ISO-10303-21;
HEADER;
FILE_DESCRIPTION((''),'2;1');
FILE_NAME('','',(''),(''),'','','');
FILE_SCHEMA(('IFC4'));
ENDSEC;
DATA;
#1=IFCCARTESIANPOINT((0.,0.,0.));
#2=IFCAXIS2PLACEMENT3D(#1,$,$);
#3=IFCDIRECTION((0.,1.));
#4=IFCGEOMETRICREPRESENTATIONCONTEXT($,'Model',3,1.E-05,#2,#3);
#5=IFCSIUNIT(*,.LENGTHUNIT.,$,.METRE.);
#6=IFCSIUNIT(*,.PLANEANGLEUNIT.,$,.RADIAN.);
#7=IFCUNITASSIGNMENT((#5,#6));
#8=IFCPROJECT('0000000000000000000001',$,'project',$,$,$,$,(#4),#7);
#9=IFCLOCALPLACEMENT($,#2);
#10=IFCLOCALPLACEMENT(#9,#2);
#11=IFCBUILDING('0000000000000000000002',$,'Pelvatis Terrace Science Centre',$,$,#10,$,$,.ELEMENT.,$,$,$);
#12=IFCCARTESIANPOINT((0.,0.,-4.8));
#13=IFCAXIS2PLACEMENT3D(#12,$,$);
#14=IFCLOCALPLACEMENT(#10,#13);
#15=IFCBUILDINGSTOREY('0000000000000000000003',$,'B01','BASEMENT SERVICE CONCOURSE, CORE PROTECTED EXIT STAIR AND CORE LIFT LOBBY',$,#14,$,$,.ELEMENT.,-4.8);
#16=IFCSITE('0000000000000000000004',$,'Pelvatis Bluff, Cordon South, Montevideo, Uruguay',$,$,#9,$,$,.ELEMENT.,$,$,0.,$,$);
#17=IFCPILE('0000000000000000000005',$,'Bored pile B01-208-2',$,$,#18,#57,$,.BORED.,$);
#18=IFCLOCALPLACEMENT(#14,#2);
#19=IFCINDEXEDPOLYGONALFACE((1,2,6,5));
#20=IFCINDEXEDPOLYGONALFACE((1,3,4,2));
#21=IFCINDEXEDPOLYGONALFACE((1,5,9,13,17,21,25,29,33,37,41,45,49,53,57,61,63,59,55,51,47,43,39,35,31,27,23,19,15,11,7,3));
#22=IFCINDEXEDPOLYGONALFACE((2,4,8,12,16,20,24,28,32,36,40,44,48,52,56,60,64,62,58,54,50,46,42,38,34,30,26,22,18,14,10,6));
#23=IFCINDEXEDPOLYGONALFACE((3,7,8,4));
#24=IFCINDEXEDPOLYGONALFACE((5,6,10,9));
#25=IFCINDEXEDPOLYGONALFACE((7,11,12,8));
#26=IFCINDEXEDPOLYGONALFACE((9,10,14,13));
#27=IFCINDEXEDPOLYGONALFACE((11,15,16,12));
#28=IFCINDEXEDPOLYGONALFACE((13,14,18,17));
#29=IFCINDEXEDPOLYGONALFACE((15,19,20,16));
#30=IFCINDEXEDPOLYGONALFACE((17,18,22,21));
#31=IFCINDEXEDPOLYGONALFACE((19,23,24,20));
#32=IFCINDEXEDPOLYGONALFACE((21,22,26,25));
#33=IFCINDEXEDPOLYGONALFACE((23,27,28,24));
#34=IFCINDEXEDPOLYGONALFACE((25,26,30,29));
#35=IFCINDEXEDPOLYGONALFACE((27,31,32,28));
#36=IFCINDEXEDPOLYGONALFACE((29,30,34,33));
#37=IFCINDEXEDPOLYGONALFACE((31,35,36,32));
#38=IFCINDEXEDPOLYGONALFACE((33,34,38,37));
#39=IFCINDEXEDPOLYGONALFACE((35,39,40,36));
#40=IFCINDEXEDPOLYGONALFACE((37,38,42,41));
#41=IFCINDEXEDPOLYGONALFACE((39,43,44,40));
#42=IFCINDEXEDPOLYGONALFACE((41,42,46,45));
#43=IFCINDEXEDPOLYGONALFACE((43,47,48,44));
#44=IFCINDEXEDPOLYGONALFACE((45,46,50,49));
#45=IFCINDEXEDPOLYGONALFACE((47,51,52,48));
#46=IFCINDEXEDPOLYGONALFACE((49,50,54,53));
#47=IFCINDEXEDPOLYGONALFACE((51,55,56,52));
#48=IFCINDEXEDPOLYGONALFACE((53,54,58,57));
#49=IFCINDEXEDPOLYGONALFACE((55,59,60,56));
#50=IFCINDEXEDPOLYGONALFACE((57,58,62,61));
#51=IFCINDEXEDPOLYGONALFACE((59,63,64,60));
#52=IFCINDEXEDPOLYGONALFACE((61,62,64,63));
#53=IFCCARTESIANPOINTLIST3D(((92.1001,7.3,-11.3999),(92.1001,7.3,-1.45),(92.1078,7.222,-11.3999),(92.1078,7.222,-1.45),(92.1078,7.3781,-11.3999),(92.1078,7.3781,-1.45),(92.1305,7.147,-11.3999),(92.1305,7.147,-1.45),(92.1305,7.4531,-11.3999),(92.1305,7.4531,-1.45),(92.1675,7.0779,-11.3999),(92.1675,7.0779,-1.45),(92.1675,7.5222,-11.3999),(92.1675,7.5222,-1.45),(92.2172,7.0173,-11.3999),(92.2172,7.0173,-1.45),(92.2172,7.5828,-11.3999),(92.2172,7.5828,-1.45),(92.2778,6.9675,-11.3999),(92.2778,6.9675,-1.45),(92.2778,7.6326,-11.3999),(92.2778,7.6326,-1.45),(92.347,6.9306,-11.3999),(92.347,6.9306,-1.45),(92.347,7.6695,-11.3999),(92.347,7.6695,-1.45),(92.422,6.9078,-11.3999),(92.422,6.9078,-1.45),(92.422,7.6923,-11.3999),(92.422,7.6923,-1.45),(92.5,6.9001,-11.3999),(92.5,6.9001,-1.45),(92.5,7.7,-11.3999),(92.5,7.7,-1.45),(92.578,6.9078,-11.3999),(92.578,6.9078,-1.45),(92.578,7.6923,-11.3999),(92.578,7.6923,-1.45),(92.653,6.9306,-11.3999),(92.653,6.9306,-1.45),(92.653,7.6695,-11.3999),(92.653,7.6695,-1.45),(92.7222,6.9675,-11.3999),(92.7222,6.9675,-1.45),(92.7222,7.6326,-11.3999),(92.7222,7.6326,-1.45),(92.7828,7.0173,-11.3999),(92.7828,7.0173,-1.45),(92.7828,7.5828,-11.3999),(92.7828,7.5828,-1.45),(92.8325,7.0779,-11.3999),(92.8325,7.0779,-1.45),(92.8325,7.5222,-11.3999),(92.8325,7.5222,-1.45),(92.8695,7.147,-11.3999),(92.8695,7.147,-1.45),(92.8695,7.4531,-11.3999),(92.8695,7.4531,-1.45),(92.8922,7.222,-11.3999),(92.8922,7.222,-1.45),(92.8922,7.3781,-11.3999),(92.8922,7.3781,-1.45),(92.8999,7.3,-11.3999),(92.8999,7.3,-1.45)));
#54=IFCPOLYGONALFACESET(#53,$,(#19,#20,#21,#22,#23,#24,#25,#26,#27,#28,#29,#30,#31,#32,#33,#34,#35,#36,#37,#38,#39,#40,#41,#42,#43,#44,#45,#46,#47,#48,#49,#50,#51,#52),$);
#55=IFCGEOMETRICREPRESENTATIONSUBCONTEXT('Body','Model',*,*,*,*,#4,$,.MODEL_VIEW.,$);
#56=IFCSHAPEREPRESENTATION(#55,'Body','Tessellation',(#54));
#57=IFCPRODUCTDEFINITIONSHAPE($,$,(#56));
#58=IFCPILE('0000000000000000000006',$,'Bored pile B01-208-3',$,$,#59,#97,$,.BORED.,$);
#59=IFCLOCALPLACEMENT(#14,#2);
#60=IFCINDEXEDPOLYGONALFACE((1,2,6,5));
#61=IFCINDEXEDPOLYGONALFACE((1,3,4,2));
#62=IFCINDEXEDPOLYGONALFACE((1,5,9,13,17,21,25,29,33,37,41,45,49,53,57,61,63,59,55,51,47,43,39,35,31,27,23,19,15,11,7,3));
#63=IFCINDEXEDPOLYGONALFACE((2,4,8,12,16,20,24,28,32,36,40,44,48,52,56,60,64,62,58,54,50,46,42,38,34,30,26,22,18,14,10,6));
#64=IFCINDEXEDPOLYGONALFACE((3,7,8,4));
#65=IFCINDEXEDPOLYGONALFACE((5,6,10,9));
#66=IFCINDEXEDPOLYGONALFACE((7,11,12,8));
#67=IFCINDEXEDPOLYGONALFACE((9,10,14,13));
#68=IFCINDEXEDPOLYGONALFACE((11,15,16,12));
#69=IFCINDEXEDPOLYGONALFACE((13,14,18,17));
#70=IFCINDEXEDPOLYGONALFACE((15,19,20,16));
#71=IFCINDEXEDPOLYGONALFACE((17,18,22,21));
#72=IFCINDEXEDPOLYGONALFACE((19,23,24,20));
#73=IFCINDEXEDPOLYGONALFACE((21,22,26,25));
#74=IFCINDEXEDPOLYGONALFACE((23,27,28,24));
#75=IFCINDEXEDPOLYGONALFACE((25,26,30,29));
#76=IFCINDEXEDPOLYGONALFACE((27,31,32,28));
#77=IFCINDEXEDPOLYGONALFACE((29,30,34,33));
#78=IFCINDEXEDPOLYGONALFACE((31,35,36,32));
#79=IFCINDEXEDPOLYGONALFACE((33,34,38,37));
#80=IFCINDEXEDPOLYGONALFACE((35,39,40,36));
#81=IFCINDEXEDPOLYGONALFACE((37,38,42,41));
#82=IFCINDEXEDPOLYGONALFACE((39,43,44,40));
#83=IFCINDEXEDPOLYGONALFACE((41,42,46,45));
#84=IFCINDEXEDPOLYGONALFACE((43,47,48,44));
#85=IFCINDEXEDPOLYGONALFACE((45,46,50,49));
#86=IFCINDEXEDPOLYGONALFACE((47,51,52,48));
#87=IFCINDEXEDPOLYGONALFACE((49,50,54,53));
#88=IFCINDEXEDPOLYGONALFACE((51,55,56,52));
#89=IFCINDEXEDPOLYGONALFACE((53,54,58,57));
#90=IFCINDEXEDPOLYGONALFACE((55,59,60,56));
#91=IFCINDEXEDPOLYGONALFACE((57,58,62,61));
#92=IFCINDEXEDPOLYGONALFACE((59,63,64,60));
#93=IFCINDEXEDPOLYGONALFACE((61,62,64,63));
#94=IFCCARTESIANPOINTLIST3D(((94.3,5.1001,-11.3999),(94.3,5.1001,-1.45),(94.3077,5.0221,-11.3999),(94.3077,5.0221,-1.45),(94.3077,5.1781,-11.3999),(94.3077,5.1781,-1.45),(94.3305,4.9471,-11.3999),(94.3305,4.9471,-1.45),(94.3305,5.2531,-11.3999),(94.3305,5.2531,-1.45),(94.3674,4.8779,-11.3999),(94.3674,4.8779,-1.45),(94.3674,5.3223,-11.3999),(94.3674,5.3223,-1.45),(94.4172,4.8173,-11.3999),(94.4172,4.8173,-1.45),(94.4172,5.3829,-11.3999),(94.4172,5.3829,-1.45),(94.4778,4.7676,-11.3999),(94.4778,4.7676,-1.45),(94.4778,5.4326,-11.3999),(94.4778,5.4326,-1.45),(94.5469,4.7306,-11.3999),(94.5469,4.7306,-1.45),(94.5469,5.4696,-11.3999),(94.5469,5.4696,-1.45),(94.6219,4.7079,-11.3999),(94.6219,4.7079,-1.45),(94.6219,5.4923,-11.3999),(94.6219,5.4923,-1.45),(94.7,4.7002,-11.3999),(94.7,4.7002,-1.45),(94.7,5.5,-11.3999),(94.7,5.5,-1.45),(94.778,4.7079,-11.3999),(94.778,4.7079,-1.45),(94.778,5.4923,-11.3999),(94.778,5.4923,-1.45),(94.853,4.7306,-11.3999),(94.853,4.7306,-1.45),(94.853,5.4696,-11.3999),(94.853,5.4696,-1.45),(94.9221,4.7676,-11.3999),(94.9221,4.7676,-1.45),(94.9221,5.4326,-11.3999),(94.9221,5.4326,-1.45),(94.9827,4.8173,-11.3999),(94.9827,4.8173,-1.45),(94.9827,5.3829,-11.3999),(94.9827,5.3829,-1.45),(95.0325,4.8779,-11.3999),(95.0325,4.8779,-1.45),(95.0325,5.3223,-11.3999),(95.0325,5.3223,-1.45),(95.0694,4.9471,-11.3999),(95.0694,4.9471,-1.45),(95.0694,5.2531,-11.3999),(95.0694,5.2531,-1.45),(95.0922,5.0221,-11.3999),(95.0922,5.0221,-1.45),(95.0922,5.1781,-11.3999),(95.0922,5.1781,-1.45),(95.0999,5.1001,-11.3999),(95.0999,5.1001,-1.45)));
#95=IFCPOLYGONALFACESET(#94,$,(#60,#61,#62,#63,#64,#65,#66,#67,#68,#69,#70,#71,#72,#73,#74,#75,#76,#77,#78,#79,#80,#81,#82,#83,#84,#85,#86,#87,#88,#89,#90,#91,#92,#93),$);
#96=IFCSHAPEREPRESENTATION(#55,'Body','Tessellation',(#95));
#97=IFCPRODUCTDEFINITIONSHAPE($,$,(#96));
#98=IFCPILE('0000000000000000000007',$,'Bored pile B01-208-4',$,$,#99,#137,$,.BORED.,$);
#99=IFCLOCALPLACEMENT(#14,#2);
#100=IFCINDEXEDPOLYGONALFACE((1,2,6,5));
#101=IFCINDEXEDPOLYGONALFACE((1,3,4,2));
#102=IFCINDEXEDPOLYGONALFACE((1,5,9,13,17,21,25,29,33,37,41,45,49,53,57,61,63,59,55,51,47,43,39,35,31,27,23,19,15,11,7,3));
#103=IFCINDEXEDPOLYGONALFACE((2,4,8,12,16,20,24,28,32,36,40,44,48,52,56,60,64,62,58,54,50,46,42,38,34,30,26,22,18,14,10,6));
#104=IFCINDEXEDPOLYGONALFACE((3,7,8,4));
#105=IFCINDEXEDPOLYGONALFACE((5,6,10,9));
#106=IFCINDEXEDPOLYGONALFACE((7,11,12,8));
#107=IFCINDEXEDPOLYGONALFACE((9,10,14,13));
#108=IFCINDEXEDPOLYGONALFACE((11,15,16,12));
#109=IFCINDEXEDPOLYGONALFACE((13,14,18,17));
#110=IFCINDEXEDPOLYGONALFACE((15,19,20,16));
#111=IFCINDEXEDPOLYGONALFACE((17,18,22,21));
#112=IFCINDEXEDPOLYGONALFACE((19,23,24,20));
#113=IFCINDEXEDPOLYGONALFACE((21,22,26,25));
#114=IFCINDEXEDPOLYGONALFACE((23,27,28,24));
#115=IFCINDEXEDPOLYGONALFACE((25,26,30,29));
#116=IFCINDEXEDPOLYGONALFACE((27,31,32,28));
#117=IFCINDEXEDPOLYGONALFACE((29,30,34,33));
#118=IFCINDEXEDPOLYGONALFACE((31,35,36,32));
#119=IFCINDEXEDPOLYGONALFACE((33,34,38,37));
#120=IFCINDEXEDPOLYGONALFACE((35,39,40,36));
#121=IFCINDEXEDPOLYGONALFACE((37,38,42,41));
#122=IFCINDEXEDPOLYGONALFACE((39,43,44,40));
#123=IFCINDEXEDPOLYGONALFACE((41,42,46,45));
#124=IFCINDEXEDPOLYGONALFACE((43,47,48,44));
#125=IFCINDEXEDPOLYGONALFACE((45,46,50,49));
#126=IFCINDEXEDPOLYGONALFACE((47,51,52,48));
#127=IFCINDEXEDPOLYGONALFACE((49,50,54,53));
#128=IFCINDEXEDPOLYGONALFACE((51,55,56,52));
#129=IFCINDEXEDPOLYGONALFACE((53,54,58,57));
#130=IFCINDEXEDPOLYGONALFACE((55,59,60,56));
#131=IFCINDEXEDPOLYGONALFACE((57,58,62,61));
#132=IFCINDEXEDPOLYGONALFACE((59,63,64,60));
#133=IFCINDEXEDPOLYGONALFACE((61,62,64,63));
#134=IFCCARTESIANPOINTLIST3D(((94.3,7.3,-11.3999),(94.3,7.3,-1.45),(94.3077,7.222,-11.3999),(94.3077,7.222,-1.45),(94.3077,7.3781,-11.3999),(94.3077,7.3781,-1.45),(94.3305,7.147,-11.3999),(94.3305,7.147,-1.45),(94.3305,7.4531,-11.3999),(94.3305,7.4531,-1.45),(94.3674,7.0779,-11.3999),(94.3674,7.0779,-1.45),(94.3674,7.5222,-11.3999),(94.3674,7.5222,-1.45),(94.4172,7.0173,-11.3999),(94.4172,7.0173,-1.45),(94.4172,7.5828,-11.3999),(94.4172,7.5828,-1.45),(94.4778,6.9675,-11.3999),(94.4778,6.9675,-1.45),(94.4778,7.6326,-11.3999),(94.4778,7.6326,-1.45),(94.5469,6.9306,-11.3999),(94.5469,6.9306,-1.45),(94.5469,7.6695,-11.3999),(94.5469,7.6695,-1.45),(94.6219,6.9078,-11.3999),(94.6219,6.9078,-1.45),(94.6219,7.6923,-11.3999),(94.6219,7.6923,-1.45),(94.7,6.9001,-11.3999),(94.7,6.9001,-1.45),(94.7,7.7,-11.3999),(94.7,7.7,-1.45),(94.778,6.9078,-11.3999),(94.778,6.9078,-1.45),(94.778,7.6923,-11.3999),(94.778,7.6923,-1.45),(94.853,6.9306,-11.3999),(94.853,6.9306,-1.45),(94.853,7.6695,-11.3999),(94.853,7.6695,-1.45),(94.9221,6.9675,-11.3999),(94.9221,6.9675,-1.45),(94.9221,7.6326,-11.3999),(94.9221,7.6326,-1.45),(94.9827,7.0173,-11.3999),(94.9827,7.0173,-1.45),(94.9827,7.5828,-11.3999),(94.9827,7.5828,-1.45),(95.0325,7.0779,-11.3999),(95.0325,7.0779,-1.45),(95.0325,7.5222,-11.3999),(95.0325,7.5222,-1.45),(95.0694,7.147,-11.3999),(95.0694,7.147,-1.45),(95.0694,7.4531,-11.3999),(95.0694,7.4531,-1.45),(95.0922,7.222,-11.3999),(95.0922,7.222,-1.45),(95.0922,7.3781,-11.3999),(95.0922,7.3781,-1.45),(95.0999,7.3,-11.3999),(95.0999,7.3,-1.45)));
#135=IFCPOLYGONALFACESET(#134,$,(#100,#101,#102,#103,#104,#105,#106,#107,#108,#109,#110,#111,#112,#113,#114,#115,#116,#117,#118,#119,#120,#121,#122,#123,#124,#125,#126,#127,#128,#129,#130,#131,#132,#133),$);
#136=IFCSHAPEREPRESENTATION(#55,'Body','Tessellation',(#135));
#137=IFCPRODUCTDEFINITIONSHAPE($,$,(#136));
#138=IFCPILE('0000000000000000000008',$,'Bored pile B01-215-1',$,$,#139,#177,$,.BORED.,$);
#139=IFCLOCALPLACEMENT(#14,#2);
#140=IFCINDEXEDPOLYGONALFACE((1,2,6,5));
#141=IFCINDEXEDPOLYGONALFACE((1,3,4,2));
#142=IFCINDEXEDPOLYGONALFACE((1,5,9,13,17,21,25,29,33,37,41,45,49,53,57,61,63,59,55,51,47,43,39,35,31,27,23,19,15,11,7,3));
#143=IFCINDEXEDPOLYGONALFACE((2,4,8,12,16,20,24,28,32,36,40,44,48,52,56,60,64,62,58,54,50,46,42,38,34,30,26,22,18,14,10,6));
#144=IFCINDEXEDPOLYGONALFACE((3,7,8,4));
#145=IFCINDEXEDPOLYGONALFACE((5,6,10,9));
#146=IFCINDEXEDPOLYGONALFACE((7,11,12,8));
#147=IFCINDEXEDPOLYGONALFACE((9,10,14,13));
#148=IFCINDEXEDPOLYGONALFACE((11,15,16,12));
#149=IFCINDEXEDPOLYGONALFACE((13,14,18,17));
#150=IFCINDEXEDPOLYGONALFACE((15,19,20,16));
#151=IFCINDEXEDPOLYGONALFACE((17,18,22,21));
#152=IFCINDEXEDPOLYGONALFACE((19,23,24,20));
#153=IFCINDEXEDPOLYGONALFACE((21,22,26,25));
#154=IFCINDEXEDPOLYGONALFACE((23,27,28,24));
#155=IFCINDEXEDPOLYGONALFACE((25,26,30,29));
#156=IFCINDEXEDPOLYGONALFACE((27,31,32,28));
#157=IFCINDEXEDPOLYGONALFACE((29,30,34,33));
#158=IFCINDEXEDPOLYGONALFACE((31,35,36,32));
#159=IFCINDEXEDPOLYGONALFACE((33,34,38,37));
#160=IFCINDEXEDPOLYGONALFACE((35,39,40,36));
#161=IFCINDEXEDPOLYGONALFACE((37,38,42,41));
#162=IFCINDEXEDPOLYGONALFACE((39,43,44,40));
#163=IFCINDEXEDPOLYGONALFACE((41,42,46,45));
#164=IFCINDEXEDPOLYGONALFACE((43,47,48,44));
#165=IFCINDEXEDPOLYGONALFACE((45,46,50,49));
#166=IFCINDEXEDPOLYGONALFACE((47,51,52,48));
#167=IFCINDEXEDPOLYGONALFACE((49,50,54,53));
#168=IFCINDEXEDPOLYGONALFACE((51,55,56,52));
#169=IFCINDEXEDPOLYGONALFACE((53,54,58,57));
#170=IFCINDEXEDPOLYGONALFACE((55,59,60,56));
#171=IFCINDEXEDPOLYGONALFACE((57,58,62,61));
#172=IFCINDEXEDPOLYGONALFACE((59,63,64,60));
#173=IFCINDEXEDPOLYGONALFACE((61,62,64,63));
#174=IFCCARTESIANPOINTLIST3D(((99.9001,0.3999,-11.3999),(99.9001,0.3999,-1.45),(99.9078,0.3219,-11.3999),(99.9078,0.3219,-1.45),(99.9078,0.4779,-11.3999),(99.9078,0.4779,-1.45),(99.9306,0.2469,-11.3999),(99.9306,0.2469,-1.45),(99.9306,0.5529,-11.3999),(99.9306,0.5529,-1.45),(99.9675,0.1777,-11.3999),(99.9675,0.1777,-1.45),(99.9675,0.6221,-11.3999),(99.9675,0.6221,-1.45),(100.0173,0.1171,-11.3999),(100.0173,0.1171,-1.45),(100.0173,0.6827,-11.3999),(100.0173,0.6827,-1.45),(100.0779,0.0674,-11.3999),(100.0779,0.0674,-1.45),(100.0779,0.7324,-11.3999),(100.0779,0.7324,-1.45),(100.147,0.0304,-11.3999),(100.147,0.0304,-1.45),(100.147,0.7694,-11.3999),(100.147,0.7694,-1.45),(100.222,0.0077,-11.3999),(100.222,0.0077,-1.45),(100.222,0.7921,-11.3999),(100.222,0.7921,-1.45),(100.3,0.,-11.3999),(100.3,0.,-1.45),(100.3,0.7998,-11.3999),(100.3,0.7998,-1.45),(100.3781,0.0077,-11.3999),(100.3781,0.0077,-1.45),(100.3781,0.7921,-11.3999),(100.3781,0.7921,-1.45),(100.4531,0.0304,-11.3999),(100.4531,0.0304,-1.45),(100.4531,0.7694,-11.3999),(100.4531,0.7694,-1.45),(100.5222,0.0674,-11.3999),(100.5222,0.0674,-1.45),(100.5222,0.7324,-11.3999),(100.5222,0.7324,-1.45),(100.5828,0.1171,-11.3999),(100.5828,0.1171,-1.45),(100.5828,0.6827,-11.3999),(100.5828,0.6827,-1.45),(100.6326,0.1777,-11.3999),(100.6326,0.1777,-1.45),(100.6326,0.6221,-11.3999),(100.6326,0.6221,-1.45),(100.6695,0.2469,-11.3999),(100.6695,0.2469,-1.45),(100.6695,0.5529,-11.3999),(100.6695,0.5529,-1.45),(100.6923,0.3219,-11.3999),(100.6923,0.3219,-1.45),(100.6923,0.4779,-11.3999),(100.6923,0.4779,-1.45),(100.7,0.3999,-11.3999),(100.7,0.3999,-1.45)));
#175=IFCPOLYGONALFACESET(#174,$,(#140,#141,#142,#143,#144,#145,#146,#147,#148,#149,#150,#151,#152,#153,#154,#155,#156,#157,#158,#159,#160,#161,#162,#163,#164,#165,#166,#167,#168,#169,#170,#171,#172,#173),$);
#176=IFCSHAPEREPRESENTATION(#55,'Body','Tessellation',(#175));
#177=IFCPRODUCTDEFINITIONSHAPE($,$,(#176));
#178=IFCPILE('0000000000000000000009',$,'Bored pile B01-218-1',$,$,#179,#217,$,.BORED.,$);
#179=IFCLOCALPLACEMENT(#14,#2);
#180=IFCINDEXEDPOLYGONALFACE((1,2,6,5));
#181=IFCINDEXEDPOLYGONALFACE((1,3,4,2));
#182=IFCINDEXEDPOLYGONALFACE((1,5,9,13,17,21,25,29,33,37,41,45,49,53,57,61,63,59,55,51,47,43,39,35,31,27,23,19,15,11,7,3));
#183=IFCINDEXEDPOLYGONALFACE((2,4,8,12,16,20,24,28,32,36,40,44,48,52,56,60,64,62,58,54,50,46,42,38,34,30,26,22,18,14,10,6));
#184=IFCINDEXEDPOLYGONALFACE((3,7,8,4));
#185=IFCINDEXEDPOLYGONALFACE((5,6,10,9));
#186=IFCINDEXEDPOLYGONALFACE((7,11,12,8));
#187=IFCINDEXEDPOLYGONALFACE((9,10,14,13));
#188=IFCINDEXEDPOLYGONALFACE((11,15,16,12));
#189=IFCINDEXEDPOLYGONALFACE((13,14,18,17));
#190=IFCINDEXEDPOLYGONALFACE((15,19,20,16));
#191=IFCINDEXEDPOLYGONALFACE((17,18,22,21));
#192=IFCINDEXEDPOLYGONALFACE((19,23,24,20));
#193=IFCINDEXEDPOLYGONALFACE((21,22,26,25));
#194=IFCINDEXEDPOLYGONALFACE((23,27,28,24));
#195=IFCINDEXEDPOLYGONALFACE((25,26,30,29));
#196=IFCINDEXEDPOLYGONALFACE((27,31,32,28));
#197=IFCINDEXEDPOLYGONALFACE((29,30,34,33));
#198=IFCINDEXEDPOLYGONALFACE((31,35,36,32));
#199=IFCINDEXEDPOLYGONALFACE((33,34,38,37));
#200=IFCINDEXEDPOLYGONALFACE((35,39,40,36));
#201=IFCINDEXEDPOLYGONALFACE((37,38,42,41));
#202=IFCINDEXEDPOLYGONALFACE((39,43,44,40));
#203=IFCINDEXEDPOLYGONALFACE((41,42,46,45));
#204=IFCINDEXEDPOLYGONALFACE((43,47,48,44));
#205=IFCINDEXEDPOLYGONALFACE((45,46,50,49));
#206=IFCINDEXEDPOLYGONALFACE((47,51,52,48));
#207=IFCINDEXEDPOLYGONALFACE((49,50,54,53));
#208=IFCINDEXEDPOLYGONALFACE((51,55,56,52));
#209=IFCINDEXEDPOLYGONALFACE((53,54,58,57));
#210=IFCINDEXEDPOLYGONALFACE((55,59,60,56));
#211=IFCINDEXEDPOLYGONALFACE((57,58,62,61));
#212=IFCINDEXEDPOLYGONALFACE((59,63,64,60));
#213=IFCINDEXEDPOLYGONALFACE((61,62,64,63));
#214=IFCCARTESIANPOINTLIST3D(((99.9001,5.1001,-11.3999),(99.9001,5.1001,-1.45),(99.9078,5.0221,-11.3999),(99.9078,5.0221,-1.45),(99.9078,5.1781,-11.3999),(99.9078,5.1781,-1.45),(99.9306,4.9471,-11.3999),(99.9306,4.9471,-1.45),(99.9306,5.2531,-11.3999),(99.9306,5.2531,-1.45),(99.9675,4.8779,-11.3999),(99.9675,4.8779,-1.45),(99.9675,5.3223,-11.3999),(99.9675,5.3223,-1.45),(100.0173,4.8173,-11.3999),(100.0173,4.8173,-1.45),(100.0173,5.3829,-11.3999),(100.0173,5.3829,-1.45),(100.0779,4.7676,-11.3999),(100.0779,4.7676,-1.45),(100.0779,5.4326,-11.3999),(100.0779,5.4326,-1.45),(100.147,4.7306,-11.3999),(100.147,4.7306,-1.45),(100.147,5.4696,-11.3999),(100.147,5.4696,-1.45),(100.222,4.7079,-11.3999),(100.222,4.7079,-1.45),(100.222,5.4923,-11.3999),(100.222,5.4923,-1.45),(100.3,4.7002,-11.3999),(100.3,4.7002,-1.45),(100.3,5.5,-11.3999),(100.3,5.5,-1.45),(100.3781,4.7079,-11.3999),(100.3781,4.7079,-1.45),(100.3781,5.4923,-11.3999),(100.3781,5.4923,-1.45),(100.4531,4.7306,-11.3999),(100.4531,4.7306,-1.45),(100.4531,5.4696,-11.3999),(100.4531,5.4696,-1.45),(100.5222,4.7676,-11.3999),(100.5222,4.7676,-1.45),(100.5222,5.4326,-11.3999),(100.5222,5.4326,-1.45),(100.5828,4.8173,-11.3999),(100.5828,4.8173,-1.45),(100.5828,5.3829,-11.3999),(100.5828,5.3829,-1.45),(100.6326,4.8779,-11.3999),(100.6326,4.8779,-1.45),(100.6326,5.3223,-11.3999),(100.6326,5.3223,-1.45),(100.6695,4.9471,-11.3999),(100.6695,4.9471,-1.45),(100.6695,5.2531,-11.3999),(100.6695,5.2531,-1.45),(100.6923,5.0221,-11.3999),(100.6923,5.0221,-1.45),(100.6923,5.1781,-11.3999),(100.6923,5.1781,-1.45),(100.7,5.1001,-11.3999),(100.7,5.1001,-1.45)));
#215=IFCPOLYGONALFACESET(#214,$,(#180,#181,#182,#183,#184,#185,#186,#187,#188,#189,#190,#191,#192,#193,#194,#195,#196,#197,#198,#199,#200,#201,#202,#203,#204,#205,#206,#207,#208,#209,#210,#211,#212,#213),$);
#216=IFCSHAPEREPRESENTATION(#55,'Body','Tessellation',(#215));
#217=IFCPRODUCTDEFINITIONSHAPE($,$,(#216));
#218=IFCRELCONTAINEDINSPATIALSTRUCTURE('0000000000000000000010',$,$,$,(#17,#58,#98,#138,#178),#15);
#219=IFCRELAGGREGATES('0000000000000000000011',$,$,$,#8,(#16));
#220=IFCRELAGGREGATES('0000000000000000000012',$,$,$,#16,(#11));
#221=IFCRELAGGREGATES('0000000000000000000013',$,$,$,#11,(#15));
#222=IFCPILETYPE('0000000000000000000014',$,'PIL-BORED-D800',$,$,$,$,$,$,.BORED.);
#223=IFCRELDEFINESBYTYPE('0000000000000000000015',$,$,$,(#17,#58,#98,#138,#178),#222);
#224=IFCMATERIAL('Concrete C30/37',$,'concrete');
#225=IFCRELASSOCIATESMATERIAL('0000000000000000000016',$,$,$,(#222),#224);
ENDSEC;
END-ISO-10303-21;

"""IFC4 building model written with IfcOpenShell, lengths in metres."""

from ifc_helpers import new_model, si_unit, direction, frame, origin, origin_2d, place, context, subcontext, project, spatial, circle, extrude, material, material_profile, profile_set, type_object, element, save


model = new_model("IFC4")

# Units and contexts
model_context = context("Model", 3, precision=1e-05, world=origin(), true_north=direction((0.0, 1.0)))
body_context = subcontext(model_context, "Body", "Model", "MODEL_VIEW")
ifc_project = project(units=[si_unit("LENGTHUNIT", "METRE"), si_unit("PLANEANGLEUNIT", "RADIAN")], contexts=[model_context])

# Site, building, storey
site_placement = place(None, origin())
site = spatial("IfcSite", under=ifc_project, at=site_placement, Name="Pelvatis Bluff, Cordon South, Montevideo, Uruguay", CompositionType="ELEMENT", RefElevation=0.0)
building_placement = place(site_placement, origin())
building = spatial("IfcBuilding", under=site, at=building_placement, Name="Pelvatis Terrace Science Centre", CompositionType="ELEMENT")
storey_placement = place(building_placement, frame((0.0, 0.0, -4.8)))
storey = spatial("IfcBuildingStorey", under=building, at=storey_placement, Name="B01", Description="BASEMENT SERVICE CONCOURSE, CORE PROTECTED EXIT STAIR AND CORE LIFT LOBBY", CompositionType="ELEMENT", Elevation=-4.8)

# Piles
ifc_material_1 = material(Name="Concrete C30/37", Category="concrete")
ifc_material_profile_1 = material_profile(ifc_material_1, circle(Radius=0.3999, at=origin_2d()), Name="PILE D800")
ifc_profile_set_1 = profile_set([ifc_material_profile_1], Name="Concrete C30/37")
pile_type = type_object("IfcPileType", Name="PIL-BORED-D800", PredefinedType="BORED", material=ifc_profile_set_1)
for number, where, z_axis, x_axis, name in (
    (1, (92.5, 7.3, -1.45), (0.0, 0.0, -1.0), (1.0, 0.0, 0.0), "Bored pile B01-208-2"),
    (2, (94.7, 5.1001, -1.45), (0.0, 0.0, -1.0), (1.0, 0.0, 0.0), "Bored pile B01-208-3"),
    (3, (94.7, 7.3, -1.45), (0.0, 0.0, -1.0), (1.0, 0.0, 0.0), "Bored pile B01-208-4"),
    (4, (100.3, 0.3999, -1.45), (0.0, 0.0, -1.0), (1.0, 0.0, 0.0), "Bored pile B01-215-1"),
    (5, (100.3, 5.1001, -1.45), (0.0, 0.0, -1.0), (1.0, 0.0, 0.0), "Bored pile B01-218-1"),
):
    element("IfcPile", number, at=place(storey_placement, frame(where, z_axis=z_axis, x_axis=x_axis)), inside=storey, type_object=pile_type, Name=name, PredefinedType="BORED", context=body_context, shape_type="SweptSolid", body=[
        extrude(circle(Radius=0.3999, at=origin_2d()), origin(), (0.0, 0.0, 1.0), 9.95),
    ])

save(model, "model.ifc")
